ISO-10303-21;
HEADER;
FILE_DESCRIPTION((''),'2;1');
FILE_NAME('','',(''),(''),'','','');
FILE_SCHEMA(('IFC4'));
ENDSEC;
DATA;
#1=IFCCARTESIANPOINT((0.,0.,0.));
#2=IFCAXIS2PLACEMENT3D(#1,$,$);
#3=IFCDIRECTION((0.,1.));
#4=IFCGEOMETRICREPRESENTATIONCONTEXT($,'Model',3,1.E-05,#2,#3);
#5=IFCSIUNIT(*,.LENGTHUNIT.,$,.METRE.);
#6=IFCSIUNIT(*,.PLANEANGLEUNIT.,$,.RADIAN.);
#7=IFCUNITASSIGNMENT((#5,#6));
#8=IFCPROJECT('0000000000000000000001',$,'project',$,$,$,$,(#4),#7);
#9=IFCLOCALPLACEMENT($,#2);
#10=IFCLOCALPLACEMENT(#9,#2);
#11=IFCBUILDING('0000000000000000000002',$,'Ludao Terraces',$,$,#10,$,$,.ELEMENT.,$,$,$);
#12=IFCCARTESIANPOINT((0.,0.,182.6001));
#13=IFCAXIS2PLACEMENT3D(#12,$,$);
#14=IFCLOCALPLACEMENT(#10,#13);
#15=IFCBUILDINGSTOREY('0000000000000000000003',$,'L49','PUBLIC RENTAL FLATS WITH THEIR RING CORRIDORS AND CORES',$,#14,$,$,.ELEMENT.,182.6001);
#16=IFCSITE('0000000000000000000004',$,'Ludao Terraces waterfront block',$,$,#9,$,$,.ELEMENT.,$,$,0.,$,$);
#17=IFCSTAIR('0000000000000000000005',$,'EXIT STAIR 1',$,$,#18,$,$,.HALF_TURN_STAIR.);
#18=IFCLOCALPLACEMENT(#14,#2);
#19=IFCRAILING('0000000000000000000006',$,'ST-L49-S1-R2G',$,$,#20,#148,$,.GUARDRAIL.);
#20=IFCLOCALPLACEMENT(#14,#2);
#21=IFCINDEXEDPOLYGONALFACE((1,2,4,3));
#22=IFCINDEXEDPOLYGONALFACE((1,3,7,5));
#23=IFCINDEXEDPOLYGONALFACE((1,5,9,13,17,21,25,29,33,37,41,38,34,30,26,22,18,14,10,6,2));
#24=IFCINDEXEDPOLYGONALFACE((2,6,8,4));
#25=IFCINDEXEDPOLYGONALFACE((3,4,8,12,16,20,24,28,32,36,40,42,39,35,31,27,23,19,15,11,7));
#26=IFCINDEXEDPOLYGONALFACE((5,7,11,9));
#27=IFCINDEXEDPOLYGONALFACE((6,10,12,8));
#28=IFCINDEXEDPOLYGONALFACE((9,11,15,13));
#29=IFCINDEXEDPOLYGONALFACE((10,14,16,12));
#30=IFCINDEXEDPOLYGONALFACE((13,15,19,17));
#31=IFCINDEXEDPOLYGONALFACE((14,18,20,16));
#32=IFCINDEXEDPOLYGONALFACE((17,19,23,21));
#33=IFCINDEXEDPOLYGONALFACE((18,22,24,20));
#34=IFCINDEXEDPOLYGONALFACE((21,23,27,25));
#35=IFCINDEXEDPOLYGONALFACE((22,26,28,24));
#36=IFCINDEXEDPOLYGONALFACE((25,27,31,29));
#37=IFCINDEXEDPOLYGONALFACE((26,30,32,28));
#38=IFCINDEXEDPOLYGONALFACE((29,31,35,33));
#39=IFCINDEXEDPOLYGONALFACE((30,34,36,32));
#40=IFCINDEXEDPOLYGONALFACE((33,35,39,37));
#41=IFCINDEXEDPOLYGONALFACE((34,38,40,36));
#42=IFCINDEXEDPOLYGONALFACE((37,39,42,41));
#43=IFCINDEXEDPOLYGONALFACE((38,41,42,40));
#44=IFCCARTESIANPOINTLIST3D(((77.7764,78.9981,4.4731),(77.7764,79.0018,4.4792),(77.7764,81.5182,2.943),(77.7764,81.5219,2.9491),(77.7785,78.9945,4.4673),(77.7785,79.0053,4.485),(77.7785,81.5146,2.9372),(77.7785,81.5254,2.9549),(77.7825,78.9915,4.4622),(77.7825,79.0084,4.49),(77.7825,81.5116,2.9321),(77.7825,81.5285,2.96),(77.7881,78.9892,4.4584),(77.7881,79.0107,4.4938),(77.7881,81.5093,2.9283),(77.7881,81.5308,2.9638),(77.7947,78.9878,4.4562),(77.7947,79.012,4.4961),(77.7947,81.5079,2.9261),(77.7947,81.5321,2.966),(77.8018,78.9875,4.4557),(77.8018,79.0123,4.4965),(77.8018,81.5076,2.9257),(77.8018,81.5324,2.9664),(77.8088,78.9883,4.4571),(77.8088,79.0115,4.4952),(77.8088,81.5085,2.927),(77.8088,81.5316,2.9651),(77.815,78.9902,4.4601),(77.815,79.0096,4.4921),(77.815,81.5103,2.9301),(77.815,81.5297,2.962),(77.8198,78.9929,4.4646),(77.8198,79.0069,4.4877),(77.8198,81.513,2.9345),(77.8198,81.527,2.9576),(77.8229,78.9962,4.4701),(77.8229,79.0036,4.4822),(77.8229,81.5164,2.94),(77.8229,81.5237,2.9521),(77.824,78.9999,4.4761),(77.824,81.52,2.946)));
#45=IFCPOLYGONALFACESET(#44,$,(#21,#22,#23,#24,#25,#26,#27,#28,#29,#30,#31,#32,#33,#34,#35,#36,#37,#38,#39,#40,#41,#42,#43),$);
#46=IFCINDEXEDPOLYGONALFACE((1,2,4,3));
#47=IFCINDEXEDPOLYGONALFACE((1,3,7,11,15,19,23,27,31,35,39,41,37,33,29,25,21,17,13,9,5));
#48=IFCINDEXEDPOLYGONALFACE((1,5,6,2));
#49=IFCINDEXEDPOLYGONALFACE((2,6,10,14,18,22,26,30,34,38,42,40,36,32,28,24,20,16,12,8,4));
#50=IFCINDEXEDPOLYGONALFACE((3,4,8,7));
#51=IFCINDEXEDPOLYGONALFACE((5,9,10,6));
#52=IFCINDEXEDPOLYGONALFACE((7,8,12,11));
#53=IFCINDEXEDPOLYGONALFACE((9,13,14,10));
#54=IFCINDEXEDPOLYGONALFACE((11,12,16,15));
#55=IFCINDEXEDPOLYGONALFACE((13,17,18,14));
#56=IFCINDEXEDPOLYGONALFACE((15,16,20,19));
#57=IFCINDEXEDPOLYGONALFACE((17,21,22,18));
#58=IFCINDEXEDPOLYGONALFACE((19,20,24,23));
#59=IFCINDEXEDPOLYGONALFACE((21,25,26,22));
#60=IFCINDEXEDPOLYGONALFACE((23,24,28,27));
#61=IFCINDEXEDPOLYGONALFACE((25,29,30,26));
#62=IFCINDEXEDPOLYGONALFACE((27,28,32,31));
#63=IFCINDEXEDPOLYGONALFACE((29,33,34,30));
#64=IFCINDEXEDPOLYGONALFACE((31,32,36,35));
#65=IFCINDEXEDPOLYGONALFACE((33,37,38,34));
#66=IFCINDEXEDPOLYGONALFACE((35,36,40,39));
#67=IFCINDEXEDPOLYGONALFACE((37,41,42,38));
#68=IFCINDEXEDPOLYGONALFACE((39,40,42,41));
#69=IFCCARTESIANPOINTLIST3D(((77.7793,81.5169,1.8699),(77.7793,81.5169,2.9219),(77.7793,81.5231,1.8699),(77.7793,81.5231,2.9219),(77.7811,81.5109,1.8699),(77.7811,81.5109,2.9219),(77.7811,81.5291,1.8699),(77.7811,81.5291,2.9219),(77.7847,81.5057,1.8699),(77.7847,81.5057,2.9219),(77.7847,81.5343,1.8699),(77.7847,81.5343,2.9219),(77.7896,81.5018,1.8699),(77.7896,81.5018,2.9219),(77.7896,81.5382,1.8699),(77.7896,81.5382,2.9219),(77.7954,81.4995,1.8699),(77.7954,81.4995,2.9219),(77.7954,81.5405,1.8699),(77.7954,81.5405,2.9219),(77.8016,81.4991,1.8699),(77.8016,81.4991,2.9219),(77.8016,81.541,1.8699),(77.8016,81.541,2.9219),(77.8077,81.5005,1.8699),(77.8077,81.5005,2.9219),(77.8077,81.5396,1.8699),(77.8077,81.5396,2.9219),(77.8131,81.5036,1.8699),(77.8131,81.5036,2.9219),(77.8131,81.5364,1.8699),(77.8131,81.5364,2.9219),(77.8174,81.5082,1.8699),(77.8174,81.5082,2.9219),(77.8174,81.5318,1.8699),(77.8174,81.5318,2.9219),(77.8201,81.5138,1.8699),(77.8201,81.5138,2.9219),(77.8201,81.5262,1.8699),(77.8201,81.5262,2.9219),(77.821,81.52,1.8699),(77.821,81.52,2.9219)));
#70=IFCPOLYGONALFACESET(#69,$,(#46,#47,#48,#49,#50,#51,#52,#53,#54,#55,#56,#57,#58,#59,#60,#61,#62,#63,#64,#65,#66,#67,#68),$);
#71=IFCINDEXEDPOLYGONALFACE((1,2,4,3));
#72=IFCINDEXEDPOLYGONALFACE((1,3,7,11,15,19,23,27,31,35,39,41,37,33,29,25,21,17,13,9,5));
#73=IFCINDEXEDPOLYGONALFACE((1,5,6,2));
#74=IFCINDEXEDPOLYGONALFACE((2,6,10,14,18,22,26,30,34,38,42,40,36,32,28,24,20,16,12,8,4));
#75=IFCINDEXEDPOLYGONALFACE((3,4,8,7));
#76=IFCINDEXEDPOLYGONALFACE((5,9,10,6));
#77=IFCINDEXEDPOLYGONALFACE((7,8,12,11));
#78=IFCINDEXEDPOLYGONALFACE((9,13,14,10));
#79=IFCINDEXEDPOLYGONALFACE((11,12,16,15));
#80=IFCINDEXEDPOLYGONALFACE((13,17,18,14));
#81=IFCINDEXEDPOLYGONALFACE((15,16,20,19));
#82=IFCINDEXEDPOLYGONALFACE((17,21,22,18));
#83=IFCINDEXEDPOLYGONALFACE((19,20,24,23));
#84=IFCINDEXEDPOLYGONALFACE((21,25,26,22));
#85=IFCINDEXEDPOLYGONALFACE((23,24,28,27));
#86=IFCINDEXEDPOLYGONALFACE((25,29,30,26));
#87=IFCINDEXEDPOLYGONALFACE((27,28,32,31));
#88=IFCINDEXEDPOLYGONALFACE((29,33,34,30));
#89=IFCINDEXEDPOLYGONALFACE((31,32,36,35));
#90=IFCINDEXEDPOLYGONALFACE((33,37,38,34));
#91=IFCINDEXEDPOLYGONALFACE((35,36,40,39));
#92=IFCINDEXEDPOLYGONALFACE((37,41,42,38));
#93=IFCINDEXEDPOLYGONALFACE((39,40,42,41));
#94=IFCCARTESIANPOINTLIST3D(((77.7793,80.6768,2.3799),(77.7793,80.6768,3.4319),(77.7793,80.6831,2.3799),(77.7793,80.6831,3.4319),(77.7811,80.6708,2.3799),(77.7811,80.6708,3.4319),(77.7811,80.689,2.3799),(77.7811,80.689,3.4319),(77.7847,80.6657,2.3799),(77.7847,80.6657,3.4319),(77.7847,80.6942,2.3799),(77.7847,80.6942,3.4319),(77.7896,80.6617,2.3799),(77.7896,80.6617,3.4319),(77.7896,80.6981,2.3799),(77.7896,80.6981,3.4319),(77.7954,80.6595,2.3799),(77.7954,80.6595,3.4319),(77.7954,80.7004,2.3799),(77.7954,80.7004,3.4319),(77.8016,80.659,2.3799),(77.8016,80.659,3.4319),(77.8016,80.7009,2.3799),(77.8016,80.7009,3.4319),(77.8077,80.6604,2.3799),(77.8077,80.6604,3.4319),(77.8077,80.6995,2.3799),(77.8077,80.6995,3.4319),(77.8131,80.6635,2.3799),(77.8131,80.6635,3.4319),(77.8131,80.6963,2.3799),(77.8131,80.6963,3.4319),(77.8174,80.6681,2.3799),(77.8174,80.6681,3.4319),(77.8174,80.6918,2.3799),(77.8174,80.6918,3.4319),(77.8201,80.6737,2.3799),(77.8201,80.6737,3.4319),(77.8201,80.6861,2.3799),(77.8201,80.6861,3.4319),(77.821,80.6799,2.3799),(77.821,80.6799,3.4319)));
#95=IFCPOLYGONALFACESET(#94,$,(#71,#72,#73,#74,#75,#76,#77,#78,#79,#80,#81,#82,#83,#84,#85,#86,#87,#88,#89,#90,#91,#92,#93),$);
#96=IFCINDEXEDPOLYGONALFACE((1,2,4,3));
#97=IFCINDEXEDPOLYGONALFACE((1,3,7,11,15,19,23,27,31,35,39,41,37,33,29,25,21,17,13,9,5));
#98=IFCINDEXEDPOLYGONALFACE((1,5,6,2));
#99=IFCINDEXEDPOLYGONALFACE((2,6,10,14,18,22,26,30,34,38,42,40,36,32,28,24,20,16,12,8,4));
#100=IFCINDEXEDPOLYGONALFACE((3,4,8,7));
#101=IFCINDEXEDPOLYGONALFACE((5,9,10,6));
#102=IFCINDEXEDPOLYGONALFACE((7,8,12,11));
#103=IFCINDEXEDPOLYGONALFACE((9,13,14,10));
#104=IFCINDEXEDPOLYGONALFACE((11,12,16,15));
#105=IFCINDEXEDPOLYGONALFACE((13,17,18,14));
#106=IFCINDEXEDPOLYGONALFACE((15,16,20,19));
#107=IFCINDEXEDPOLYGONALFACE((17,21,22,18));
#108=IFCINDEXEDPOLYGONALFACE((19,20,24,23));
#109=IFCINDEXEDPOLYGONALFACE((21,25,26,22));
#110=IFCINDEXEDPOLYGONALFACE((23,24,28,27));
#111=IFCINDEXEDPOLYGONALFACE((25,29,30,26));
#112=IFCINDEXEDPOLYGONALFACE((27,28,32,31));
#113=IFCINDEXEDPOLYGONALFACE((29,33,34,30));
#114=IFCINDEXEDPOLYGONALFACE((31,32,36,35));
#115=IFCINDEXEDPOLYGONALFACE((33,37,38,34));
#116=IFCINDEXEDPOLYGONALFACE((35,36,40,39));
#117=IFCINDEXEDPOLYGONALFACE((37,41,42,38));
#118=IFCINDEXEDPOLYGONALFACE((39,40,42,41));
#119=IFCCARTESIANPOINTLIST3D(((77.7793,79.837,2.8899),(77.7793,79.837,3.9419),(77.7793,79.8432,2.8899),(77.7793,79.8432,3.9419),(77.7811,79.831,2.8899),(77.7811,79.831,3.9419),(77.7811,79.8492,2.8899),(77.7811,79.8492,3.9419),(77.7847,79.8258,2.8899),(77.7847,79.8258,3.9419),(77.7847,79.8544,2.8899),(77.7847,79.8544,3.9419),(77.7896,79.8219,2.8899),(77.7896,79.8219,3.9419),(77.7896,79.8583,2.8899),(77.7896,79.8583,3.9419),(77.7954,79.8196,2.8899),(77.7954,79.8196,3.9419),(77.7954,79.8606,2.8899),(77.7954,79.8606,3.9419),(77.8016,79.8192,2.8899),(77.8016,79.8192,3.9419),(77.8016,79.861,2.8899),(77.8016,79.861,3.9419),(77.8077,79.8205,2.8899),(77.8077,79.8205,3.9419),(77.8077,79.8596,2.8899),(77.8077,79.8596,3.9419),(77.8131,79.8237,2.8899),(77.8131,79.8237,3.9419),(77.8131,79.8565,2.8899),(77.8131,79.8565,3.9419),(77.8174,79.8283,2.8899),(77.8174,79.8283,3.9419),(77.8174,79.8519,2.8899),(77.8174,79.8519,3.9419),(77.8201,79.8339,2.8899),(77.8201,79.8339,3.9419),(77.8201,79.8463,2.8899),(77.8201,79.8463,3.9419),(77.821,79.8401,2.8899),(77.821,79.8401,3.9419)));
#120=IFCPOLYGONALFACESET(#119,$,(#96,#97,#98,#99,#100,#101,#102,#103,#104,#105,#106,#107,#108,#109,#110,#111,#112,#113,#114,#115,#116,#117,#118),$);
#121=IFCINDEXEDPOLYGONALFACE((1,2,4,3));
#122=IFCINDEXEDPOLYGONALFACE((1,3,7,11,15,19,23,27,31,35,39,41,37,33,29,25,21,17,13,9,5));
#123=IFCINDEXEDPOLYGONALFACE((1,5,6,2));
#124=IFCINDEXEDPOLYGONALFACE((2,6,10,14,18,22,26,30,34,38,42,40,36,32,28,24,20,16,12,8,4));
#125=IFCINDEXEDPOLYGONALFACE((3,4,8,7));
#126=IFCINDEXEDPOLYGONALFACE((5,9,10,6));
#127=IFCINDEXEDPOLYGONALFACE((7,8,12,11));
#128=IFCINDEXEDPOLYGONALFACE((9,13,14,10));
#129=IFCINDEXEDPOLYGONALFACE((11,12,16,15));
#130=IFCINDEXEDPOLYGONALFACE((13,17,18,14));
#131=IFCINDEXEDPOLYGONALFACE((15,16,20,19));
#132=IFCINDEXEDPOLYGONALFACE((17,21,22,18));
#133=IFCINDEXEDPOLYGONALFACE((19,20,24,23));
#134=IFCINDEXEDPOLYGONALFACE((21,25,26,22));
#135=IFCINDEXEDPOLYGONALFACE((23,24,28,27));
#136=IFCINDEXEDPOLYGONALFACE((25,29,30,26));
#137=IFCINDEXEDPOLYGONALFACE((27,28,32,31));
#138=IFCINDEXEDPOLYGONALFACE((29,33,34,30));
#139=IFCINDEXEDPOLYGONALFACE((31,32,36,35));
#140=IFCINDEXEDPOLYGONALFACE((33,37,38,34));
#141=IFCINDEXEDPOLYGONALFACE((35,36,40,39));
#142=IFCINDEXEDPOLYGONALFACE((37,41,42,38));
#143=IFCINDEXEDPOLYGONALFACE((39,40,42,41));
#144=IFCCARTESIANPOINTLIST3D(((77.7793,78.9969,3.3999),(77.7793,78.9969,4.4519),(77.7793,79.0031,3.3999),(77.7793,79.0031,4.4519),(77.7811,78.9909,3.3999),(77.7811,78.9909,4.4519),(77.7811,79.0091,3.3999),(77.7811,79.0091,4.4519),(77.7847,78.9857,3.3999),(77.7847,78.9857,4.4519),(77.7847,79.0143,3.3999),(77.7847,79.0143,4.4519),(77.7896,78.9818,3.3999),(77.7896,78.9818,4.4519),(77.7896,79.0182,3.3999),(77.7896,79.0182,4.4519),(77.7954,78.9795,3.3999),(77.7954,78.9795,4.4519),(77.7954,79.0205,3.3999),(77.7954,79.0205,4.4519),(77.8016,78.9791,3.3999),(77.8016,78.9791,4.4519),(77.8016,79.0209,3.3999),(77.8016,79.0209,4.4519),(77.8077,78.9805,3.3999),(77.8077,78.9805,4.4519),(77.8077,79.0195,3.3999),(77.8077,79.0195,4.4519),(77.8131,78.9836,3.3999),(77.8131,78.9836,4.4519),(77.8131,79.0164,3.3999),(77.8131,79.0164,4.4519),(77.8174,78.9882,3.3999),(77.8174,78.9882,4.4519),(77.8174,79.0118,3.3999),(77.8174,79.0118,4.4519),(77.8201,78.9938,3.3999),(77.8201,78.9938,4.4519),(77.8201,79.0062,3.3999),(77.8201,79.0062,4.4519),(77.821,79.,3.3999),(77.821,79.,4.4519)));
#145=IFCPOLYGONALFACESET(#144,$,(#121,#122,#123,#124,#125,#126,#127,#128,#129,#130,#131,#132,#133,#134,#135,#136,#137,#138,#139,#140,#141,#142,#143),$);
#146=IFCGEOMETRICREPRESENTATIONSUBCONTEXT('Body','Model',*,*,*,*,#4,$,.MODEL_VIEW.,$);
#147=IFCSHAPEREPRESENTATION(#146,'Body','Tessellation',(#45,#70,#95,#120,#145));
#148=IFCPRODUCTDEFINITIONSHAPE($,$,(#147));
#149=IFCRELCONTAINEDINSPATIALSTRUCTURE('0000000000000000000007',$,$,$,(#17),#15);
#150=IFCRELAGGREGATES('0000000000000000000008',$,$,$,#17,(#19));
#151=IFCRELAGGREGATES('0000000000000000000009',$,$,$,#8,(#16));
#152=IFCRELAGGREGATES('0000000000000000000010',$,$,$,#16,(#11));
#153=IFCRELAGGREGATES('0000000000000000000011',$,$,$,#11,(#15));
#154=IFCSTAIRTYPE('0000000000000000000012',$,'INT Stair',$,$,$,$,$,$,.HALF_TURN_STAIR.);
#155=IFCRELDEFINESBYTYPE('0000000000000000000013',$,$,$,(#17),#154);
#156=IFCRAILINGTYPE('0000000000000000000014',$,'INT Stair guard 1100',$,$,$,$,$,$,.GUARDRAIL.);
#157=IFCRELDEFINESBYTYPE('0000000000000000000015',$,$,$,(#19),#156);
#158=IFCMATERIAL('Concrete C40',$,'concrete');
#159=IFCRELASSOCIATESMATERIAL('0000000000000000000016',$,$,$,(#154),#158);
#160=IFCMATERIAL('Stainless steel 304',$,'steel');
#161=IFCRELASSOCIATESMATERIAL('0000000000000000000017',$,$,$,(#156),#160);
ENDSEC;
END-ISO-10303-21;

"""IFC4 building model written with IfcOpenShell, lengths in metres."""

from ifc_helpers import new_model, si_unit, direction, frame, origin, origin_2d, place, context, subcontext, project, spatial, circle, extrude, material, type_object, element, aggregate, save


model = new_model("IFC4")

# Units and contexts
model_context = context("Model", 3, precision=1e-05, world=origin(), true_north=direction((0.0, 1.0)))
body_context = subcontext(model_context, "Body", "Model", "MODEL_VIEW")
ifc_project = project(units=[si_unit("LENGTHUNIT", "METRE"), si_unit("PLANEANGLEUNIT", "RADIAN")], contexts=[model_context])

# Site, building, storey
site_placement = place(None, origin())
site = spatial("IfcSite", under=ifc_project, at=site_placement, Name="Ludao Terraces waterfront block", CompositionType="ELEMENT", RefElevation=0.0)
building_placement = place(site_placement, origin())
building = spatial("IfcBuilding", under=site, at=building_placement, Name="Ludao Terraces", CompositionType="ELEMENT")
storey_placement = place(building_placement, frame((0.0, 0.0, 182.6001)))
storey = spatial("IfcBuildingStorey", under=building, at=storey_placement, Name="L49", Description="PUBLIC RENTAL FLATS WITH THEIR RING CORRIDORS AND CORES", CompositionType="ELEMENT", Elevation=182.6001)

# Shared definitions
ifc_material_1 = material(Name="Stainless steel 304", Category="steel")

# Stair, railing
ifc_material_2 = material(Name="Concrete C40", Category="concrete")
stair_type = type_object("IfcStairType", Name="INT Stair", PredefinedType="HALF_TURN_STAIR", material=ifc_material_2)
stair_placement = place(storey_placement, origin())
stair = element("IfcStair", 1, at=stair_placement, inside=storey, type_object=stair_type, Name="EXIT STAIR 1", PredefinedType="HALF_TURN_STAIR")
railing_type_1 = type_object("IfcRailingType", Name="INT Stair guard 1100", PredefinedType="GUARDRAIL", material=ifc_material_1)
railing_1_placement = place(storey_placement, frame((77.8, 81.52, 1.8699)))
railing_1 = element("IfcRailing", 2, at=railing_1_placement, type_object=railing_type_1, Name="ST-L49-S1-R2G", PredefinedType="GUARDRAIL", context=body_context, shape_type="SweptSolid", body=[
    extrude(circle(Radius=0.0239, at=origin_2d()), frame((0.0, 0.0, 1.0762), z_axis=(0.0, -0.854785, 0.518982), x_axis=(1.0, 0.0, 0.0)), (0.0, 0.0, 1.0), 2.9482),
    extrude(circle(Radius=0.021, at=origin_2d()), origin(), (0.0, 0.0, 1.0), 1.052),
    extrude(circle(Radius=0.021, at=origin_2d()), frame((0.0, -0.8401, 0.51)), (0.0, 0.0, 1.0), 1.052),
    extrude(circle(Radius=0.021, at=origin_2d()), frame((0.0, -1.6799, 1.02)), (0.0, 0.0, 1.0), 1.052),
    extrude(circle(Radius=0.021, at=origin_2d()), frame((0.0, -2.52, 1.53)), (0.0, 0.0, 1.0), 1.052),
])
aggregate(stair, [railing_1])

save(model, "model.ifc")
